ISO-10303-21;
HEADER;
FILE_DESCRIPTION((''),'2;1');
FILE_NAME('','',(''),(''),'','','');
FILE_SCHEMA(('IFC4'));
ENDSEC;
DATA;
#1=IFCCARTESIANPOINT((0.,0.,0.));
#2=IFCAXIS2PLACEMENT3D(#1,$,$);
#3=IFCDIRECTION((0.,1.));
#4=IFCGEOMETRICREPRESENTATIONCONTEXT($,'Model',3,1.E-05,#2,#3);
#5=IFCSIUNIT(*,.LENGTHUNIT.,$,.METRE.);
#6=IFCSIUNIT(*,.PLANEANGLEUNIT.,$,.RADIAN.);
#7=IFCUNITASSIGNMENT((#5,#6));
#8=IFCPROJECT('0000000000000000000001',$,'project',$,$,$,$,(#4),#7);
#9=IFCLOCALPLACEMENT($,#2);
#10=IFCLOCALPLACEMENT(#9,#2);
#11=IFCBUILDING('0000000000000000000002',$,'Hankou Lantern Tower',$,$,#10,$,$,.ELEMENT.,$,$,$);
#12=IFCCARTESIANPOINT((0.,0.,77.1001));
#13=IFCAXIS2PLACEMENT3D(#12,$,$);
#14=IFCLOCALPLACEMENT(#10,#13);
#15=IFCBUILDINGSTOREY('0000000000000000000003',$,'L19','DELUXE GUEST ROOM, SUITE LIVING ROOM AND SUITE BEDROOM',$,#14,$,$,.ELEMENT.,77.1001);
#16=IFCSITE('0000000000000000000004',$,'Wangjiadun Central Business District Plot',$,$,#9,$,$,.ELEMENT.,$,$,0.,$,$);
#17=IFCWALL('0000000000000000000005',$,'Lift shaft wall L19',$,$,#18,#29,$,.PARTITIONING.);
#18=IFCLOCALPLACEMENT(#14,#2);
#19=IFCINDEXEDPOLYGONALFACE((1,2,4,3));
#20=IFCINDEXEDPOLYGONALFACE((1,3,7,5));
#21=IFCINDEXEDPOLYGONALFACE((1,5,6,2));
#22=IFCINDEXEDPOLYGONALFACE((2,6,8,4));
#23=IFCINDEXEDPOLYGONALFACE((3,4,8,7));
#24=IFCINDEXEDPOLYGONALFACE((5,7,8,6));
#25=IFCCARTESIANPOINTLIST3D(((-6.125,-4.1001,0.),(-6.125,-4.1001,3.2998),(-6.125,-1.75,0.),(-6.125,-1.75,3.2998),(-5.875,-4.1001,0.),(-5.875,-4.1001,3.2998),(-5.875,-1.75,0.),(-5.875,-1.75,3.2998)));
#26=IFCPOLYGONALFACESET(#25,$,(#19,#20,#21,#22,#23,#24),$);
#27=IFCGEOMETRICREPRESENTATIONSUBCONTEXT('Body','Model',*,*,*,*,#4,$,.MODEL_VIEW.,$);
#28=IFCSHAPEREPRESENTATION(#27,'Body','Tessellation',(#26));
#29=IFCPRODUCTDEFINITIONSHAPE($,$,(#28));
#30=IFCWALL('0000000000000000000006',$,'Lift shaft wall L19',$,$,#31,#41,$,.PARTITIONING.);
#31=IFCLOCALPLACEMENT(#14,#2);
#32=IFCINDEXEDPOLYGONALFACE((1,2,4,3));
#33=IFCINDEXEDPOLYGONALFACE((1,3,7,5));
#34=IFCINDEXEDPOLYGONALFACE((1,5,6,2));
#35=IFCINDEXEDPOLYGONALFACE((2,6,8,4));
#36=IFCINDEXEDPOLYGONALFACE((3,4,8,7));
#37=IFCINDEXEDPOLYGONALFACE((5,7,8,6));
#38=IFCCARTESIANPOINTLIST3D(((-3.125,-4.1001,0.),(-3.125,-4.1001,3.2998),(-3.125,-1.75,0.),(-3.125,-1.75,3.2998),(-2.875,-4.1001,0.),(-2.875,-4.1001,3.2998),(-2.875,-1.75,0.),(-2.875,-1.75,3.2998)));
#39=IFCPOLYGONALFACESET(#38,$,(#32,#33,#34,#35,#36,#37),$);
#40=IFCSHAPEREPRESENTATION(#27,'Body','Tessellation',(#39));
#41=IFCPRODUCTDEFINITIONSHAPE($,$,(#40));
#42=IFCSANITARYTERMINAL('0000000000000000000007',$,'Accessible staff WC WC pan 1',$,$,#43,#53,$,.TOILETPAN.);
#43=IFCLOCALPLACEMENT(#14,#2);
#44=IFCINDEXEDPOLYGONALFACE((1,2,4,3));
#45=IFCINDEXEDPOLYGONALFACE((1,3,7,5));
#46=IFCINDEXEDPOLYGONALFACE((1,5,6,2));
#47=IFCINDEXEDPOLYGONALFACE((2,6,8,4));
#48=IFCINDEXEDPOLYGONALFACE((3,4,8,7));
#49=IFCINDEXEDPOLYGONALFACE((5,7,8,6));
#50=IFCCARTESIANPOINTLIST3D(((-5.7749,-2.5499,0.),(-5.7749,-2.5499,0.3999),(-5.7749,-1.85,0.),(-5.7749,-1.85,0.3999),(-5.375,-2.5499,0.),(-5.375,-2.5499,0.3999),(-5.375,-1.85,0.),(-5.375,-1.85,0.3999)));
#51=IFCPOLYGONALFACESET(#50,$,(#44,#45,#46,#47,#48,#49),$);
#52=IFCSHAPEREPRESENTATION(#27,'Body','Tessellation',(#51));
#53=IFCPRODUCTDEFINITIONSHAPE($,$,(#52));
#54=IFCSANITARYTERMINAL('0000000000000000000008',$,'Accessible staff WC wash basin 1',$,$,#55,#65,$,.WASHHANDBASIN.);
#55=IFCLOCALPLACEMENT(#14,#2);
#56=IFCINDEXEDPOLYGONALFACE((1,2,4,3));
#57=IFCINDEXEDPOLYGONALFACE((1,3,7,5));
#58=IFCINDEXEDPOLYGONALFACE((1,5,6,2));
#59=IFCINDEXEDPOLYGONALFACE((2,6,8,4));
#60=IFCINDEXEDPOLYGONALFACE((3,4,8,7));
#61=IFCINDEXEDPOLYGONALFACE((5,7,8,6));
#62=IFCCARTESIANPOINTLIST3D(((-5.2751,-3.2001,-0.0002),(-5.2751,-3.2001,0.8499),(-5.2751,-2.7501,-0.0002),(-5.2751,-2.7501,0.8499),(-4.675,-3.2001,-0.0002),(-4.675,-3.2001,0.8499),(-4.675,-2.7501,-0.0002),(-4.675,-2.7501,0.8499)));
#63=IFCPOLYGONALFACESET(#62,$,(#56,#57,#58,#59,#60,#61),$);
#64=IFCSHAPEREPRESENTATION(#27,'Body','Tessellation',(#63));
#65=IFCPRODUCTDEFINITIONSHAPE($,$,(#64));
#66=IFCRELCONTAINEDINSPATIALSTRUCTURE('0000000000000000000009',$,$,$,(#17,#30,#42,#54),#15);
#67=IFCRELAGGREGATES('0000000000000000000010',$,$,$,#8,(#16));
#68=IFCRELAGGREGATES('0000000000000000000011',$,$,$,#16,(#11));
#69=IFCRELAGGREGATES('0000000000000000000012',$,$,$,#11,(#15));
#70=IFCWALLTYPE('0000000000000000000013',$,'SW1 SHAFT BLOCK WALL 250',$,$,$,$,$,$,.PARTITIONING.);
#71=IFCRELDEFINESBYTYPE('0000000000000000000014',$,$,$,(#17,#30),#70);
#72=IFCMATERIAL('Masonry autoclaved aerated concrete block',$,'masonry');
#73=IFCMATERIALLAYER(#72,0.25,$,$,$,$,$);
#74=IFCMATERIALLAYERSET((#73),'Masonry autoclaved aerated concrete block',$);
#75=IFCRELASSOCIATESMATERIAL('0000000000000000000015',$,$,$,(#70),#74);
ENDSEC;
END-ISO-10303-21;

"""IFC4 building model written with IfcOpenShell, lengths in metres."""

from ifc_helpers import new_model, si_unit, direction, frame, frame_2d, origin, origin_2d, place, context, subcontext, project, spatial, rectangle, extrude, material, layer, layer_set, type_object, element, save


model = new_model("IFC4")

# Units and contexts
model_context = context("Model", 3, precision=1e-05, world=origin(), true_north=direction((0.0, 1.0)))
body_context = subcontext(model_context, "Body", "Model", "MODEL_VIEW")
ifc_project = project(units=[si_unit("LENGTHUNIT", "METRE"), si_unit("PLANEANGLEUNIT", "RADIAN")], contexts=[model_context])

# Site, building, storey
site_placement = place(None, origin())
site = spatial("IfcSite", under=ifc_project, at=site_placement, Name="Wangjiadun Central Business District Plot", CompositionType="ELEMENT", RefElevation=0.0)
building_placement = place(site_placement, origin())
building = spatial("IfcBuilding", under=site, at=building_placement, Name="Hankou Lantern Tower", CompositionType="ELEMENT")
storey_placement = place(building_placement, frame((0.0, 0.0, 77.1001)))
storey = spatial("IfcBuildingStorey", under=building, at=storey_placement, Name="L19", Description="DELUXE GUEST ROOM, SUITE LIVING ROOM AND SUITE BEDROOM", CompositionType="ELEMENT", Elevation=77.1001)

# Walls
ifc_material_1 = material(Name="Masonry autoclaved aerated concrete block", Category="masonry")
ifc_layer_1 = layer(ifc_material_1, 0.25)
ifc_layer_set_1 = layer_set([ifc_layer_1], Name="Masonry autoclaved aerated concrete block")
wall_type_1 = type_object("IfcWallType", Name="SW1 SHAFT BLOCK WALL 250", PredefinedType="PARTITIONING", material=ifc_layer_set_1)
for number, where, z_axis, x_axis, name in (
    (1, (-6.0, -4.1001, 0.0), (0.0, 0.0, 1.0), (0.0, 1.0, 0.0), "Lift shaft wall L19"),
    (2, (-3.0, -4.1001, 0.0), (0.0, 0.0, 1.0), (0.0, 1.0, 0.0), "Lift shaft wall L19"),
):
    element("IfcWall", number, at=place(storey_placement, frame(where, z_axis=z_axis, x_axis=x_axis)), inside=storey, type_object=wall_type_1, Name=name, PredefinedType="PARTITIONING", context=body_context, shape_type="SweptSolid", body=[
        extrude(rectangle(XDim=2.3501, YDim=0.25, at=frame_2d((1.175, 0.0))), origin(), (0.0, 0.0, 1.0), 3.2998),
    ])

# Sanitary terminals
sanitary_terminal_1_placement = place(storey_placement, frame((-5.575, -2.2, 0.0), z_axis=(0.0, 0.0, 1.0), x_axis=(1.0, 0.0, 0.0)))
element("IfcSanitaryTerminal", 3, at=sanitary_terminal_1_placement, inside=storey, Name="Accessible staff WC WC pan 1", PredefinedType="TOILETPAN", context=body_context, shape_type="SweptSolid", body=[
    extrude(rectangle(XDim=0.3999, YDim=0.7, at=origin_2d()), origin(), (0.0, 0.0, 1.0), 0.3999),
])
sanitary_terminal_2_placement = place(storey_placement, frame((-4.9751, -2.9751, -0.0002), z_axis=(0.0, 0.0, 1.0), x_axis=(1.0, 0.0, 0.0)))
element("IfcSanitaryTerminal", 4, at=sanitary_terminal_2_placement, inside=storey, Name="Accessible staff WC wash basin 1", PredefinedType="WASHHANDBASIN", context=body_context, shape_type="SweptSolid", body=[
    extrude(rectangle(XDim=0.6001, YDim=0.45, at=origin_2d()), origin(), (0.0, 0.0, 1.0), 0.8501),
])

save(model, "model.ifc")
